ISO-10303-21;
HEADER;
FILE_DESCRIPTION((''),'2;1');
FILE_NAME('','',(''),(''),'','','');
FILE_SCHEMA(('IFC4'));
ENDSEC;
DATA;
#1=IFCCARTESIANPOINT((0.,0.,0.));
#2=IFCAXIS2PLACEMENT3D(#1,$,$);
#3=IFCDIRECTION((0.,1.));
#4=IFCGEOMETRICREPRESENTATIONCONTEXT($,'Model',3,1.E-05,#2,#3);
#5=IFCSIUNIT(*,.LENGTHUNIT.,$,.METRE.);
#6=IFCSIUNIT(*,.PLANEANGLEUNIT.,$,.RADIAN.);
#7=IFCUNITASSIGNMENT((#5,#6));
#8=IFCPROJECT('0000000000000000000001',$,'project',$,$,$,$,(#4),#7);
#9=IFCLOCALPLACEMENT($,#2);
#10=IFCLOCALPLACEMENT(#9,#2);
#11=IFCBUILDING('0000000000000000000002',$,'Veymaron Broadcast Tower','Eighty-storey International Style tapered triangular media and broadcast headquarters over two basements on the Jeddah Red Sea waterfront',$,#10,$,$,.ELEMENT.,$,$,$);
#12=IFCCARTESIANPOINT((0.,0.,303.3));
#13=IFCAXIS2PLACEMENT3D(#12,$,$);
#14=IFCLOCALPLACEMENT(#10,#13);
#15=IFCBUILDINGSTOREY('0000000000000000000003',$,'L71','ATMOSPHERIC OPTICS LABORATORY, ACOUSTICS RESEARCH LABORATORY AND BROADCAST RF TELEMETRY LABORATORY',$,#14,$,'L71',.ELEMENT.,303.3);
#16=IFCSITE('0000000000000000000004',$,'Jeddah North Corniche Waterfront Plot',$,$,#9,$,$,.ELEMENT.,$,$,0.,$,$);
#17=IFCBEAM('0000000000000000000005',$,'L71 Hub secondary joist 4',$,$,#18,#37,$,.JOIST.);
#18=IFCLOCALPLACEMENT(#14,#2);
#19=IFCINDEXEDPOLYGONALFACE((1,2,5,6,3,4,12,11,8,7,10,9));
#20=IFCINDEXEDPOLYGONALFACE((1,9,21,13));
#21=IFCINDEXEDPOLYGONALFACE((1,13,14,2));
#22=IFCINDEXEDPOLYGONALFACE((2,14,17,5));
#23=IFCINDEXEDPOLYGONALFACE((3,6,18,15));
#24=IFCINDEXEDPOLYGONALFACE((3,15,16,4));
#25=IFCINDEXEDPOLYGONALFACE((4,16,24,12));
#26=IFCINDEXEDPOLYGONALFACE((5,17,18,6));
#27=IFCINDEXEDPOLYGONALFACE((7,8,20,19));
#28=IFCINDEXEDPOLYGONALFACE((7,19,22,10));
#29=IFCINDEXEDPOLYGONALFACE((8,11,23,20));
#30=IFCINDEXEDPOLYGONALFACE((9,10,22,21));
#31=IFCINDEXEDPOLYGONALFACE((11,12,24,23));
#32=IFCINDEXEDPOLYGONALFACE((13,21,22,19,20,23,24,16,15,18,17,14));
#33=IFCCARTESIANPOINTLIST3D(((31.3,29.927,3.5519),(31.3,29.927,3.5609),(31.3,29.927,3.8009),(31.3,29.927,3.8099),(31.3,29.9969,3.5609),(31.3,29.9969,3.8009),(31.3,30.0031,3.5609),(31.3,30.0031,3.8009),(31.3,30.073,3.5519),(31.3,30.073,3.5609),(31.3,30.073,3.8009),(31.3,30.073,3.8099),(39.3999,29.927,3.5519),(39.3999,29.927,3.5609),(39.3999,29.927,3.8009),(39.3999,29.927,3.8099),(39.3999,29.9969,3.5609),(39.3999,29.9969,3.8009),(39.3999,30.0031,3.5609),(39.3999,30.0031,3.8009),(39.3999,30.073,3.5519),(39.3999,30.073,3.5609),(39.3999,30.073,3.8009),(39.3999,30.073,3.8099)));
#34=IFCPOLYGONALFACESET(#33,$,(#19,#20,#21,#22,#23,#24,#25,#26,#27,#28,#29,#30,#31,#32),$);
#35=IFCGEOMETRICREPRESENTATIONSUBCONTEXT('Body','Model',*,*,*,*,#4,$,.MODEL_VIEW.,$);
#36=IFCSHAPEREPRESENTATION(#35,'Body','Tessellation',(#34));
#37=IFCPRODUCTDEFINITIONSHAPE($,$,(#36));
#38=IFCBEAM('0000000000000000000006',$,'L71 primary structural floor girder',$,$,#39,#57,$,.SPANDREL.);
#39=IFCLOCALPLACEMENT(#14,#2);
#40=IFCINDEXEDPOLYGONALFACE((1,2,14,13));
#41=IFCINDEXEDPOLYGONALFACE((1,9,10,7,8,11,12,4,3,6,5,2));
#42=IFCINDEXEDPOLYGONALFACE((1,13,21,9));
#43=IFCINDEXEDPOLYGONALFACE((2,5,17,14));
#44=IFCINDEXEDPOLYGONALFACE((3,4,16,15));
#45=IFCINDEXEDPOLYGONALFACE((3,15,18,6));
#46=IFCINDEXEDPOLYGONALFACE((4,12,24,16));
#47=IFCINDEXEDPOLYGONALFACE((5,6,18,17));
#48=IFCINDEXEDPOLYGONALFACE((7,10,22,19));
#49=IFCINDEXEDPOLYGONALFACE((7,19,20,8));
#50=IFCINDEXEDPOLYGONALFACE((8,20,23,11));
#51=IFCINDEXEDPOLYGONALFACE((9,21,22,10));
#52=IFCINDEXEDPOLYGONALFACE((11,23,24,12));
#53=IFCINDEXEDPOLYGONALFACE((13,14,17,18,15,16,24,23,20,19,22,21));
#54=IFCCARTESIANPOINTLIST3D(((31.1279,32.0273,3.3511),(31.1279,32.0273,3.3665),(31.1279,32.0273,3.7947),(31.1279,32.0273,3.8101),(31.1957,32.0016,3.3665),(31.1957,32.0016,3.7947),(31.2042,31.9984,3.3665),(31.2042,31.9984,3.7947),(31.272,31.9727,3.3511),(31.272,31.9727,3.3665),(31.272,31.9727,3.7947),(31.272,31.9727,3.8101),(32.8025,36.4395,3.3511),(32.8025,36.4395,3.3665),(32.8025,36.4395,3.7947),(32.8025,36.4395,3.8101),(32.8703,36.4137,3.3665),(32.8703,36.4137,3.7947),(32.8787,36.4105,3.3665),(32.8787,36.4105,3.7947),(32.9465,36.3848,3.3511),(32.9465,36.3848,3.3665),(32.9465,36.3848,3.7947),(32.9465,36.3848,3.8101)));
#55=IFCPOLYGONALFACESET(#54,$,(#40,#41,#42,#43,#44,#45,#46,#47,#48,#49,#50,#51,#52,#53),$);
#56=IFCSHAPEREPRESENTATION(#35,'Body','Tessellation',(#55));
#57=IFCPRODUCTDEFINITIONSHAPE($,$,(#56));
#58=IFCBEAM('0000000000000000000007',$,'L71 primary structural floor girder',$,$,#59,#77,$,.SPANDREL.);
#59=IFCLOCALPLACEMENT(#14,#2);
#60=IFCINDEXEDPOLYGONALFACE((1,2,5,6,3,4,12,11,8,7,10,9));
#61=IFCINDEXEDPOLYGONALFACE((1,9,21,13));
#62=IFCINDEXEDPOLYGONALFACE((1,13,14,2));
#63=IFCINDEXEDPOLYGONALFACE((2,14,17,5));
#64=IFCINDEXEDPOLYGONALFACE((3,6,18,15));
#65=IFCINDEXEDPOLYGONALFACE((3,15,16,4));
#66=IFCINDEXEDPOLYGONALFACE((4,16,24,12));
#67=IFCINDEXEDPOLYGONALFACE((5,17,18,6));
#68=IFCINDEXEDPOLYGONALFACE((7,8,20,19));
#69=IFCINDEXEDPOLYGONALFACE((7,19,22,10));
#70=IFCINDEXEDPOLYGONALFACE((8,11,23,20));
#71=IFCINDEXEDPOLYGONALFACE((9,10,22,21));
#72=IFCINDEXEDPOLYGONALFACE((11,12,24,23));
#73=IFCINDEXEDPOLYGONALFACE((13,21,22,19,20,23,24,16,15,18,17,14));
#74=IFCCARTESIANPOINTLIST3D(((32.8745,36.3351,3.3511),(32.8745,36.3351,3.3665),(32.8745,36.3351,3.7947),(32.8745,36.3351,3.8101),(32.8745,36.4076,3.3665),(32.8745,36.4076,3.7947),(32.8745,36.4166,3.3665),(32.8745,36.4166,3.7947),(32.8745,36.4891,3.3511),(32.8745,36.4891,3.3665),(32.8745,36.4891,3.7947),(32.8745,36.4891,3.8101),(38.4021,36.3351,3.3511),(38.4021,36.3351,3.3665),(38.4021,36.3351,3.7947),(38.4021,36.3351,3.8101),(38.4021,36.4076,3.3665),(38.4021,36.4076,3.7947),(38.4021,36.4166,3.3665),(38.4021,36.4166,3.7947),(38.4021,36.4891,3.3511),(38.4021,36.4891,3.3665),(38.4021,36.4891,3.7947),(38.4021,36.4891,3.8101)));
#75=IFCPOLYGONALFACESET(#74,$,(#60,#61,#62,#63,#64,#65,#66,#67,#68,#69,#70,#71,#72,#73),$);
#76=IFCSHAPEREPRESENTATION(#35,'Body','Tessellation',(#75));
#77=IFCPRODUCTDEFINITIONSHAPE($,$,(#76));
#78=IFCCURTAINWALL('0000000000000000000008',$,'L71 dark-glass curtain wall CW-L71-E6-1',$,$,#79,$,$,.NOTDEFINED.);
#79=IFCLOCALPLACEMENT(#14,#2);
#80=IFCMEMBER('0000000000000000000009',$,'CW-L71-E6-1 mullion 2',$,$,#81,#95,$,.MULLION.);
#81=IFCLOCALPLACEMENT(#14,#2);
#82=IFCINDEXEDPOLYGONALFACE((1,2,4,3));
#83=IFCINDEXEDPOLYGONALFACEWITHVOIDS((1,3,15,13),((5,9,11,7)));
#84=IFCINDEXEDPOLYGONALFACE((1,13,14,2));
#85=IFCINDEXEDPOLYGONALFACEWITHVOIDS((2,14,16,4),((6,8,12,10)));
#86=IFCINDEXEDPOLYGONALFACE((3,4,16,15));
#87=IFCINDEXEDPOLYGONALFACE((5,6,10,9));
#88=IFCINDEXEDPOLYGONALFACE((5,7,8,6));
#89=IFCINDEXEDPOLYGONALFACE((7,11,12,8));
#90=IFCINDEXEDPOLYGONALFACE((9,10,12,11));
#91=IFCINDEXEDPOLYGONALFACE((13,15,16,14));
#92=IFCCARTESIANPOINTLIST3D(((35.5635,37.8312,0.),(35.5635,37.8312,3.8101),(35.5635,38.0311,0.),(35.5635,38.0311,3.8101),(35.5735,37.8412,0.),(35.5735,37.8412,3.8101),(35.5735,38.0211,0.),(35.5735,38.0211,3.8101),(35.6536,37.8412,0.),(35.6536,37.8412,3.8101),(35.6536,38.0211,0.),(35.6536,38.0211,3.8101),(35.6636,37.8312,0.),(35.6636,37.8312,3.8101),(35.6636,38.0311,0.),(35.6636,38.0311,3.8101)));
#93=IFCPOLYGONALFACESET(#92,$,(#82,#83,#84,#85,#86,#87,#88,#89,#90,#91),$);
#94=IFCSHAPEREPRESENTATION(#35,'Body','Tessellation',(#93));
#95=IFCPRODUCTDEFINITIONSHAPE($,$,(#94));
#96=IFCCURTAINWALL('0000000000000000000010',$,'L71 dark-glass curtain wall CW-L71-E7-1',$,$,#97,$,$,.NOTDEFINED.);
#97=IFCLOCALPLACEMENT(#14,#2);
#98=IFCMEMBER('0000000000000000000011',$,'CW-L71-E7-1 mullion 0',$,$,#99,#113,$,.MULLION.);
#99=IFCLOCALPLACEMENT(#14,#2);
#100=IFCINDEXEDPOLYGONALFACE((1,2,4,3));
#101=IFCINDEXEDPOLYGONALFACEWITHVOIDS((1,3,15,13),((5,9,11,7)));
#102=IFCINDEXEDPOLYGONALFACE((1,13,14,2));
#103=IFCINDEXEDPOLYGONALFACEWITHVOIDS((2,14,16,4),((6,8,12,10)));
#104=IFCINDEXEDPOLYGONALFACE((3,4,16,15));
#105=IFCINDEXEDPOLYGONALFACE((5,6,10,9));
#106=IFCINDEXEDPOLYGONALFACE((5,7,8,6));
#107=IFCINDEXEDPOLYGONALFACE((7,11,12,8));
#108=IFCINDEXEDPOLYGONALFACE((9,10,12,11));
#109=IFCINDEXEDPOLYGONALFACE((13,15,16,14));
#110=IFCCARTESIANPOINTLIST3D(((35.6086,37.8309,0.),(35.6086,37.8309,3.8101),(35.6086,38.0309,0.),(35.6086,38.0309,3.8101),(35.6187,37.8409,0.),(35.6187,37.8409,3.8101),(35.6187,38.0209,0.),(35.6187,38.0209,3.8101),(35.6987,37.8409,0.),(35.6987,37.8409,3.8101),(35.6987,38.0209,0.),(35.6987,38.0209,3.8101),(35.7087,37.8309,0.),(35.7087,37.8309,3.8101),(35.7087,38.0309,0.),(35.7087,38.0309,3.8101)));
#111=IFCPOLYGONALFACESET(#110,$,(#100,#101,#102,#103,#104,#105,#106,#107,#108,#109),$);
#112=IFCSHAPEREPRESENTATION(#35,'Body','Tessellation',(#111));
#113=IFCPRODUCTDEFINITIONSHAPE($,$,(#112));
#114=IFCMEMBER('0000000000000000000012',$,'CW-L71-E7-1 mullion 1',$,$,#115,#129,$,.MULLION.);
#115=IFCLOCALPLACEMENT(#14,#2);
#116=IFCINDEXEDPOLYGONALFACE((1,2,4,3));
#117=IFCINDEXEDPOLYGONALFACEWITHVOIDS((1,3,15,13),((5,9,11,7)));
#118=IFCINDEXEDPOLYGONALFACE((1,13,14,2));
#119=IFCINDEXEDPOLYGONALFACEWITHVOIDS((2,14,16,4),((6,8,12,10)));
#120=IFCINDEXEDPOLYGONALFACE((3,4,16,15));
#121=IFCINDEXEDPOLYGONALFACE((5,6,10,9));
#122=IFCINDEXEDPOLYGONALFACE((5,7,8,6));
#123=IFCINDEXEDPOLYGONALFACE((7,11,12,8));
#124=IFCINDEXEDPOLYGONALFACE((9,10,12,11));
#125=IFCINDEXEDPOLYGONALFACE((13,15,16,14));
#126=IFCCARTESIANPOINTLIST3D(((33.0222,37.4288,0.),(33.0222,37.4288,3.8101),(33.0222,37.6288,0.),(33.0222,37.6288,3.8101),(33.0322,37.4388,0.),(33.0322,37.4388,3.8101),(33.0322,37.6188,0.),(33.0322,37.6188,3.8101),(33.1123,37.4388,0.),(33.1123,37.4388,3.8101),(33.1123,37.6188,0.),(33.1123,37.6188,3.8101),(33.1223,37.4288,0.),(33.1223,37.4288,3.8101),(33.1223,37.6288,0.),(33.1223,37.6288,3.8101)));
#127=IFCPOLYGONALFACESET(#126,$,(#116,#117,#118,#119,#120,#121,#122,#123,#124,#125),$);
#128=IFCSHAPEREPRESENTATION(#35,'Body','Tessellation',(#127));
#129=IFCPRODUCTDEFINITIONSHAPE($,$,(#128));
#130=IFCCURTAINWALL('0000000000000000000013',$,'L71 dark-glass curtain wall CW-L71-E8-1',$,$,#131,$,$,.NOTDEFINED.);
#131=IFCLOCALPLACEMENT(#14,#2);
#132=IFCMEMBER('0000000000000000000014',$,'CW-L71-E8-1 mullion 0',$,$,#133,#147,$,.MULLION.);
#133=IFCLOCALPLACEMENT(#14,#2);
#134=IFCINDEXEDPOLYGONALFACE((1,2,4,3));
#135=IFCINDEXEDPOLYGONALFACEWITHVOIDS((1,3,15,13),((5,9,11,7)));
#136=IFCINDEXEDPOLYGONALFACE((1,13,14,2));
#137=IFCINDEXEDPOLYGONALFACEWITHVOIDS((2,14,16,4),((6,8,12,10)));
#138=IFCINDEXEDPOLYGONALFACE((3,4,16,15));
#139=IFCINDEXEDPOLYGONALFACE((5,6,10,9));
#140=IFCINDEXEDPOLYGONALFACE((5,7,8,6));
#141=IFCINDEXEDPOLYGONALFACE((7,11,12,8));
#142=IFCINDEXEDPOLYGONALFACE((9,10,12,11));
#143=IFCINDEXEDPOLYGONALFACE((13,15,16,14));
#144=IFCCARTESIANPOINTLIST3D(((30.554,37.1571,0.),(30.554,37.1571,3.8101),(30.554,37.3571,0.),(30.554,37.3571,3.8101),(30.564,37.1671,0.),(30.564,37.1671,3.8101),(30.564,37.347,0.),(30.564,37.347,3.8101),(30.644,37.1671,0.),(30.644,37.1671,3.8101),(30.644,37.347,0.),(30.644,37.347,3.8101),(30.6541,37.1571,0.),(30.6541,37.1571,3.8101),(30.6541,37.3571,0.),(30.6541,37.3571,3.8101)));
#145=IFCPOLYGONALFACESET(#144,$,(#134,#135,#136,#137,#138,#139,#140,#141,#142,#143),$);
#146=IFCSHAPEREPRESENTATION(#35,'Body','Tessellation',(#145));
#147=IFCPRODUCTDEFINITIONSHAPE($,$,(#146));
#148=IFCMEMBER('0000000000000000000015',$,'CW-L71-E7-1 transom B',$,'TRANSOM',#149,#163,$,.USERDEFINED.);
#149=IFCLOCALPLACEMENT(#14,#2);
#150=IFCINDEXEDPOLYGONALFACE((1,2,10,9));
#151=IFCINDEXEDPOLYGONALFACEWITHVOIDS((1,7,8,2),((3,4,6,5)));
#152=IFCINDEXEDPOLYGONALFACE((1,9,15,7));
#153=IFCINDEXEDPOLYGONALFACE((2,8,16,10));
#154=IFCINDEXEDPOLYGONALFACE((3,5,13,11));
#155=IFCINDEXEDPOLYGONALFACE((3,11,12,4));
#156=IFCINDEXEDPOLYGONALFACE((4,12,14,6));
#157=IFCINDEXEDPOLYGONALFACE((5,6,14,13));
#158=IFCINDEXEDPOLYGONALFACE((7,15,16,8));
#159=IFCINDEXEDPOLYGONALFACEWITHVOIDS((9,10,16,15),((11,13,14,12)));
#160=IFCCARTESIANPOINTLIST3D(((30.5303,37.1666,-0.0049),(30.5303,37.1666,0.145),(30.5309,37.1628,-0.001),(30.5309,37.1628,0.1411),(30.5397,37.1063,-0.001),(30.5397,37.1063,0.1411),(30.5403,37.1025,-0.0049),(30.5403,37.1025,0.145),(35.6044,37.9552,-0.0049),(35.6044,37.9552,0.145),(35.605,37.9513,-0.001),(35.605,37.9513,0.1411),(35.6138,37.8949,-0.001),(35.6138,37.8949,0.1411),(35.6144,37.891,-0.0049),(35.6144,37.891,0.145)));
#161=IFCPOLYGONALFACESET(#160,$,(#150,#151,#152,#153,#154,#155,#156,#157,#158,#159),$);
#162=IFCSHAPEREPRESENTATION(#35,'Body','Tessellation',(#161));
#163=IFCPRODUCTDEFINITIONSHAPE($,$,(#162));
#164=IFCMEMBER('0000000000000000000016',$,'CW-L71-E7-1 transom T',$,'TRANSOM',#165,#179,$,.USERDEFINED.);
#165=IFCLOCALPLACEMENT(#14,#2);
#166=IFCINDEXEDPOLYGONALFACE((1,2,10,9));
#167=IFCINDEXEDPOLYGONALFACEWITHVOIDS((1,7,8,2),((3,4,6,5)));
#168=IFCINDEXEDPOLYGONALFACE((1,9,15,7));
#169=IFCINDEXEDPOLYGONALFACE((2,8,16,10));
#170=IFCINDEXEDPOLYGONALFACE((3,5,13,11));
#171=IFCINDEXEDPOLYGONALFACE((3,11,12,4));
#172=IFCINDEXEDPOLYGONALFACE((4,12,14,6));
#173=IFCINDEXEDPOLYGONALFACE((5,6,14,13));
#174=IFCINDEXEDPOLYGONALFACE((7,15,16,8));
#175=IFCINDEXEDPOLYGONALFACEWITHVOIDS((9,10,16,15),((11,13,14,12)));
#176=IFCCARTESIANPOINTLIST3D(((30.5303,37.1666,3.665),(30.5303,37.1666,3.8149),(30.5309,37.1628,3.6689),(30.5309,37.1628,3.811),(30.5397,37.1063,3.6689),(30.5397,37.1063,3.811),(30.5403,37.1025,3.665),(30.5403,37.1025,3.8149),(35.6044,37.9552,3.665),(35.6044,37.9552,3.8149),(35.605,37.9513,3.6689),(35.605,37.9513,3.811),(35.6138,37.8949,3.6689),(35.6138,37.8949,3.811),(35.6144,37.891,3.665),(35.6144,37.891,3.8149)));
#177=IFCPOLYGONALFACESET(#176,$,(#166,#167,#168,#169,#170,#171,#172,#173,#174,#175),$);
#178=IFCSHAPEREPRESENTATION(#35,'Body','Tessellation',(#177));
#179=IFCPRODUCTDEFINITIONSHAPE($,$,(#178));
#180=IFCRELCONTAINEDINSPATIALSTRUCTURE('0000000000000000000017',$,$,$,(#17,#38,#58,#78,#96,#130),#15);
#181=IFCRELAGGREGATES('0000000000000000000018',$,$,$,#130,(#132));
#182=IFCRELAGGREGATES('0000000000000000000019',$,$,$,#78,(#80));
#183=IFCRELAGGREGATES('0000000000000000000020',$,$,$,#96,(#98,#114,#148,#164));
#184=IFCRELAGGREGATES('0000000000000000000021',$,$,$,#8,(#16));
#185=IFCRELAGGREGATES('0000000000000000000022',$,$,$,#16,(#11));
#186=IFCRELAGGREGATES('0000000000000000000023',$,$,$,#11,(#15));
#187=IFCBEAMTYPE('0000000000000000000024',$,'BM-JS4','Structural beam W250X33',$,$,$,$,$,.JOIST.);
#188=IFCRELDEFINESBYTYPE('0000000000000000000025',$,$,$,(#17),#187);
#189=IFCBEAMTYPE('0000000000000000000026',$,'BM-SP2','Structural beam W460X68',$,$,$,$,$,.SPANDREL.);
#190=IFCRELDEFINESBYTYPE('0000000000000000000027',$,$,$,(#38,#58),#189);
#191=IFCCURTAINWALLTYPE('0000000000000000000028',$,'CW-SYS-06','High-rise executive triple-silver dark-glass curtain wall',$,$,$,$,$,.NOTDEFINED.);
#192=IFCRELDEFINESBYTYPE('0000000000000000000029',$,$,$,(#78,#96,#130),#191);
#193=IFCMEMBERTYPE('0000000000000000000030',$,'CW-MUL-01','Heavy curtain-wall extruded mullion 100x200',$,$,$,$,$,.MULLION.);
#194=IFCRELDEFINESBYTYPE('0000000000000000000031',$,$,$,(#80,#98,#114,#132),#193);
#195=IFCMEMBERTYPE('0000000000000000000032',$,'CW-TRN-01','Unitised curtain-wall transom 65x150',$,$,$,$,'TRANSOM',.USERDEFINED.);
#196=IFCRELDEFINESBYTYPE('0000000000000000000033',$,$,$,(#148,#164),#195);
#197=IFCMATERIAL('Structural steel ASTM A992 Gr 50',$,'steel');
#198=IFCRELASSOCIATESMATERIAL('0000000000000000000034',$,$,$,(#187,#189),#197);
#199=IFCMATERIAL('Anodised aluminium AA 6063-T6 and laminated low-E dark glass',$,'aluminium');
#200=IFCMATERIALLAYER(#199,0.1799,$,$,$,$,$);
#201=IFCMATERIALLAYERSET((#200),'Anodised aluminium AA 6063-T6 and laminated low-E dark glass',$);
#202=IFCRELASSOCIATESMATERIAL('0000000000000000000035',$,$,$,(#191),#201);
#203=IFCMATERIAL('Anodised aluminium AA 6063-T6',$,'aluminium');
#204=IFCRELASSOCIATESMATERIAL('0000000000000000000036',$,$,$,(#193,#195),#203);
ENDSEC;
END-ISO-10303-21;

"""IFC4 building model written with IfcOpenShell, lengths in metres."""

from ifc_helpers import new_model, si_unit, direction, frame, origin, origin_2d, place, context, subcontext, project, spatial, hollow_rectangle, i_section, extrude, material, layer, layer_set, material_profile, profile_set, type_object, element, aggregate, save


model = new_model("IFC4")

# Units and contexts
model_context = context("Model", 3, precision=1e-05, world=origin(), true_north=direction((0.0, 1.0)))
body_context = subcontext(model_context, "Body", "Model", "MODEL_VIEW")
ifc_project = project(units=[si_unit("LENGTHUNIT", "METRE"), si_unit("PLANEANGLEUNIT", "RADIAN")], contexts=[model_context])

# Site, building, storey
site_placement = place(None, origin())
site = spatial("IfcSite", under=ifc_project, at=site_placement, Name="Jeddah North Corniche Waterfront Plot", CompositionType="ELEMENT", RefElevation=0.0)
building_placement = place(site_placement, origin())
building = spatial("IfcBuilding", under=site, at=building_placement, Name="Veymaron Broadcast Tower", Description="Eighty-storey International Style tapered triangular media and broadcast headquarters over two basements on the Jeddah Red Sea waterfront", CompositionType="ELEMENT")
storey_placement = place(building_placement, frame((0.0, 0.0, 303.3)))
storey = spatial("IfcBuildingStorey", under=building, at=storey_placement, Name="L71", Description="ATMOSPHERIC OPTICS LABORATORY, ACOUSTICS RESEARCH LABORATORY AND BROADCAST RF TELEMETRY LABORATORY", LongName="L71", CompositionType="ELEMENT", Elevation=303.3)

# Shared definitions
ifc_material_1 = material(Name="Structural steel ASTM A992 Gr 50", Category="steel")

# Beams
ifc_material_profile_1 = material_profile(ifc_material_1, i_section(OverallWidth=0.146, OverallDepth=0.2581, WebThickness=0.0061, FlangeThickness=0.009, at=origin_2d()), Name="W250X33")
ifc_profile_set_1 = profile_set([ifc_material_profile_1], Name="Structural steel ASTM A992 Gr 50")
beam_type_1 = type_object("IfcBeamType", Name="BM-JS4", Description="Structural beam W250X33", PredefinedType="JOIST", material=ifc_profile_set_1)
for number, where, z_axis, x_axis, name in (
    (1, (31.3, 30.0, 3.6809), (1.0, 0.0, 0.0), (0.0, 1.0, 0.0), "L71 Hub secondary joist 4"),
):
    element("IfcBeam", number, at=place(storey_placement, frame(where, z_axis=z_axis, x_axis=x_axis)), inside=storey, type_object=beam_type_1, Name=name, PredefinedType="JOIST", context=body_context, shape_type="SweptSolid", body=[
        extrude(i_section(OverallWidth=0.146, OverallDepth=0.2581, WebThickness=0.0061, FlangeThickness=0.009, at=origin_2d()), origin(), (0.0, 0.0, 1.0), 8.0999),
    ])
ifc_material_profile_2 = material_profile(ifc_material_1, i_section(OverallWidth=0.1541, OverallDepth=0.459, WebThickness=0.009, FlangeThickness=0.0154, at=origin_2d()), Name="W460X68")
ifc_profile_set_2 = profile_set([ifc_material_profile_2], Name="Structural steel ASTM A992 Gr 50")
beam_type_2 = type_object("IfcBeamType", Name="BM-SP2", Description="Structural beam W460X68", PredefinedType="SPANDREL", material=ifc_profile_set_2)
beam_1_placement = place(storey_placement, frame((31.2, 32.0, 3.5806), z_axis=(0.35484, 0.934927, 0.0), x_axis=(-0.934927, 0.35484, 0.0)))
element("IfcBeam", 2, at=beam_1_placement, inside=storey, type_object=beam_type_2, Name="L71 primary structural floor girder", PredefinedType="SPANDREL", context=body_context, shape_type="SweptSolid", body=[
    extrude(i_section(OverallWidth=0.1541, OverallDepth=0.459, WebThickness=0.009, FlangeThickness=0.0154, at=origin_2d()), origin(), (0.0, 0.0, 1.0), 4.7192),
])
beam_2_placement = place(storey_placement, frame((32.8745, 36.4121, 3.5806), z_axis=(1.0, 0.0, 0.0), x_axis=(0.0, 1.0, 0.0)))
element("IfcBeam", 3, at=beam_2_placement, inside=storey, type_object=beam_type_2, Name="L71 primary structural floor girder", PredefinedType="SPANDREL", context=body_context, shape_type="SweptSolid", body=[
    extrude(i_section(OverallWidth=0.1541, OverallDepth=0.459, WebThickness=0.009, FlangeThickness=0.0154, at=origin_2d()), origin(), (0.0, 0.0, 1.0), 5.5276),
])

# Curtain wall, member
ifc_material_2 = material(Name="Anodised aluminium AA 6063-T6 and laminated low-E dark glass", Category="aluminium")
ifc_layer_1 = layer(ifc_material_2, 0.1799)
ifc_layer_set_1 = layer_set([ifc_layer_1], Name="Anodised aluminium AA 6063-T6 and laminated low-E dark glass")
curtain_wall_type = type_object("IfcCurtainWallType", Name="CW-SYS-06", Description="High-rise executive triple-silver dark-glass curtain wall", PredefinedType="NOTDEFINED", material=ifc_layer_set_1)
curtain_wall_1_placement = place(storey_placement, origin())
curtain_wall_1 = element("IfcCurtainWall", 4, at=curtain_wall_1_placement, inside=storey, type_object=curtain_wall_type, Name="L71 dark-glass curtain wall CW-L71-E6-1", PredefinedType="NOTDEFINED")
ifc_material_3 = material(Name="Anodised aluminium AA 6063-T6", Category="aluminium")
ifc_material_profile_3 = material_profile(ifc_material_3, hollow_rectangle(XDim=0.1001, YDim=0.2, WallThickness=0.01, at=origin_2d()), Name="RHS200X100X10")
ifc_profile_set_3 = profile_set([ifc_material_profile_3], Name="Anodised aluminium AA 6063-T6")
member_type_1 = type_object("IfcMemberType", Name="CW-MUL-01", Description="Heavy curtain-wall extruded mullion 100x200", PredefinedType="MULLION", material=ifc_profile_set_3)
member_1_placement = place(storey_placement, frame((35.6135, 37.9312, 0.0), z_axis=(0.0, 0.0, 1.0), x_axis=(1.0, 0.0, 0.0)))
member_1 = element("IfcMember", 5, at=member_1_placement, type_object=member_type_1, Name="CW-L71-E6-1 mullion 2", PredefinedType="MULLION", context=body_context, shape_type="SweptSolid", body=[
    extrude(hollow_rectangle(XDim=0.1001, YDim=0.2, WallThickness=0.01, at=origin_2d()), origin(), (0.0, 0.0, 1.0), 3.8101),
])

# Curtain wall, members
curtain_wall_2_placement = place(storey_placement, origin())
curtain_wall_2 = element("IfcCurtainWall", 6, at=curtain_wall_2_placement, inside=storey, type_object=curtain_wall_type, Name="L71 dark-glass curtain wall CW-L71-E7-1", PredefinedType="NOTDEFINED")
member_2_placement = place(storey_placement, frame((35.6587, 37.9309, 0.0), z_axis=(0.0, 0.0, 1.0), x_axis=(1.0, 0.0, 0.0)))
member_2 = element("IfcMember", 7, at=member_2_placement, type_object=member_type_1, Name="CW-L71-E7-1 mullion 0", PredefinedType="MULLION", context=body_context, shape_type="SweptSolid", body=[
    extrude(hollow_rectangle(XDim=0.1001, YDim=0.2, WallThickness=0.01, at=origin_2d()), origin(), (0.0, 0.0, 1.0), 3.8101),
])
member_3_placement = place(storey_placement, frame((33.0723, 37.5288, 0.0), z_axis=(0.0, 0.0, 1.0), x_axis=(1.0, 0.0, 0.0)))
member_3 = element("IfcMember", 8, at=member_3_placement, type_object=member_type_1, Name="CW-L71-E7-1 mullion 1", PredefinedType="MULLION", context=body_context, shape_type="SweptSolid", body=[
    extrude(hollow_rectangle(XDim=0.1001, YDim=0.2, WallThickness=0.01, at=origin_2d()), origin(), (0.0, 0.0, 1.0), 3.8101),
])

# Curtain wall, member
curtain_wall_3_placement = place(storey_placement, origin())
curtain_wall_3 = element("IfcCurtainWall", 9, at=curtain_wall_3_placement, inside=storey, type_object=curtain_wall_type, Name="L71 dark-glass curtain wall CW-L71-E8-1", PredefinedType="NOTDEFINED")
member_4_placement = place(storey_placement, frame((30.604, 37.2571, 0.0), z_axis=(0.0, 0.0, 1.0), x_axis=(1.0, 0.0, 0.0)))
member_4 = element("IfcMember", 10, at=member_4_placement, type_object=member_type_1, Name="CW-L71-E8-1 mullion 0", PredefinedType="MULLION", context=body_context, shape_type="SweptSolid", body=[
    extrude(hollow_rectangle(XDim=0.1001, YDim=0.2, WallThickness=0.01, at=origin_2d()), origin(), (0.0, 0.0, 1.0), 3.8101),
])

# Members
ifc_material_profile_4 = material_profile(ifc_material_3, hollow_rectangle(XDim=0.0649, YDim=0.1499, WallThickness=0.0039, at=origin_2d()), Name="AL150X65X4")
ifc_profile_set_4 = profile_set([ifc_material_profile_4], Name="Anodised aluminium AA 6063-T6")
member_type_2 = type_object("IfcMemberType", Name="CW-TRN-01", Description="Unitised curtain-wall transom 65x150", ElementType="TRANSOM", PredefinedType="USERDEFINED", material=ifc_profile_set_4)
member_5_placement = place(storey_placement, frame((35.6094, 37.9231, 0.0701), z_axis=(-0.988139, -0.153565, 0.0), x_axis=(0.153565, -0.988139, 0.0)))
member_5 = element("IfcMember", 11, at=member_5_placement, type_object=member_type_2, Name="CW-L71-E7-1 transom B", ObjectType="TRANSOM", PredefinedType="USERDEFINED", context=body_context, shape_type="SweptSolid", body=[
    extrude(hollow_rectangle(XDim=0.0649, YDim=0.1499, WallThickness=0.0039, at=origin_2d()), origin(), (0.0, 0.0, 1.0), 5.135),
])
member_6_placement = place(storey_placement, frame((35.6094, 37.9231, 3.74), z_axis=(-0.988139, -0.153565, 0.0), x_axis=(0.153565, -0.988139, 0.0)))
member_6 = element("IfcMember", 12, at=member_6_placement, type_object=member_type_2, Name="CW-L71-E7-1 transom T", ObjectType="TRANSOM", PredefinedType="USERDEFINED", context=body_context, shape_type="SweptSolid", body=[
    extrude(hollow_rectangle(XDim=0.0649, YDim=0.1499, WallThickness=0.0039, at=origin_2d()), origin(), (0.0, 0.0, 1.0), 5.135),
])
aggregate(curtain_wall_3, [member_4])

aggregate(curtain_wall_1, [member_1])
aggregate(curtain_wall_2, [member_2, member_3, member_5, member_6])

save(model, "model.ifc")
